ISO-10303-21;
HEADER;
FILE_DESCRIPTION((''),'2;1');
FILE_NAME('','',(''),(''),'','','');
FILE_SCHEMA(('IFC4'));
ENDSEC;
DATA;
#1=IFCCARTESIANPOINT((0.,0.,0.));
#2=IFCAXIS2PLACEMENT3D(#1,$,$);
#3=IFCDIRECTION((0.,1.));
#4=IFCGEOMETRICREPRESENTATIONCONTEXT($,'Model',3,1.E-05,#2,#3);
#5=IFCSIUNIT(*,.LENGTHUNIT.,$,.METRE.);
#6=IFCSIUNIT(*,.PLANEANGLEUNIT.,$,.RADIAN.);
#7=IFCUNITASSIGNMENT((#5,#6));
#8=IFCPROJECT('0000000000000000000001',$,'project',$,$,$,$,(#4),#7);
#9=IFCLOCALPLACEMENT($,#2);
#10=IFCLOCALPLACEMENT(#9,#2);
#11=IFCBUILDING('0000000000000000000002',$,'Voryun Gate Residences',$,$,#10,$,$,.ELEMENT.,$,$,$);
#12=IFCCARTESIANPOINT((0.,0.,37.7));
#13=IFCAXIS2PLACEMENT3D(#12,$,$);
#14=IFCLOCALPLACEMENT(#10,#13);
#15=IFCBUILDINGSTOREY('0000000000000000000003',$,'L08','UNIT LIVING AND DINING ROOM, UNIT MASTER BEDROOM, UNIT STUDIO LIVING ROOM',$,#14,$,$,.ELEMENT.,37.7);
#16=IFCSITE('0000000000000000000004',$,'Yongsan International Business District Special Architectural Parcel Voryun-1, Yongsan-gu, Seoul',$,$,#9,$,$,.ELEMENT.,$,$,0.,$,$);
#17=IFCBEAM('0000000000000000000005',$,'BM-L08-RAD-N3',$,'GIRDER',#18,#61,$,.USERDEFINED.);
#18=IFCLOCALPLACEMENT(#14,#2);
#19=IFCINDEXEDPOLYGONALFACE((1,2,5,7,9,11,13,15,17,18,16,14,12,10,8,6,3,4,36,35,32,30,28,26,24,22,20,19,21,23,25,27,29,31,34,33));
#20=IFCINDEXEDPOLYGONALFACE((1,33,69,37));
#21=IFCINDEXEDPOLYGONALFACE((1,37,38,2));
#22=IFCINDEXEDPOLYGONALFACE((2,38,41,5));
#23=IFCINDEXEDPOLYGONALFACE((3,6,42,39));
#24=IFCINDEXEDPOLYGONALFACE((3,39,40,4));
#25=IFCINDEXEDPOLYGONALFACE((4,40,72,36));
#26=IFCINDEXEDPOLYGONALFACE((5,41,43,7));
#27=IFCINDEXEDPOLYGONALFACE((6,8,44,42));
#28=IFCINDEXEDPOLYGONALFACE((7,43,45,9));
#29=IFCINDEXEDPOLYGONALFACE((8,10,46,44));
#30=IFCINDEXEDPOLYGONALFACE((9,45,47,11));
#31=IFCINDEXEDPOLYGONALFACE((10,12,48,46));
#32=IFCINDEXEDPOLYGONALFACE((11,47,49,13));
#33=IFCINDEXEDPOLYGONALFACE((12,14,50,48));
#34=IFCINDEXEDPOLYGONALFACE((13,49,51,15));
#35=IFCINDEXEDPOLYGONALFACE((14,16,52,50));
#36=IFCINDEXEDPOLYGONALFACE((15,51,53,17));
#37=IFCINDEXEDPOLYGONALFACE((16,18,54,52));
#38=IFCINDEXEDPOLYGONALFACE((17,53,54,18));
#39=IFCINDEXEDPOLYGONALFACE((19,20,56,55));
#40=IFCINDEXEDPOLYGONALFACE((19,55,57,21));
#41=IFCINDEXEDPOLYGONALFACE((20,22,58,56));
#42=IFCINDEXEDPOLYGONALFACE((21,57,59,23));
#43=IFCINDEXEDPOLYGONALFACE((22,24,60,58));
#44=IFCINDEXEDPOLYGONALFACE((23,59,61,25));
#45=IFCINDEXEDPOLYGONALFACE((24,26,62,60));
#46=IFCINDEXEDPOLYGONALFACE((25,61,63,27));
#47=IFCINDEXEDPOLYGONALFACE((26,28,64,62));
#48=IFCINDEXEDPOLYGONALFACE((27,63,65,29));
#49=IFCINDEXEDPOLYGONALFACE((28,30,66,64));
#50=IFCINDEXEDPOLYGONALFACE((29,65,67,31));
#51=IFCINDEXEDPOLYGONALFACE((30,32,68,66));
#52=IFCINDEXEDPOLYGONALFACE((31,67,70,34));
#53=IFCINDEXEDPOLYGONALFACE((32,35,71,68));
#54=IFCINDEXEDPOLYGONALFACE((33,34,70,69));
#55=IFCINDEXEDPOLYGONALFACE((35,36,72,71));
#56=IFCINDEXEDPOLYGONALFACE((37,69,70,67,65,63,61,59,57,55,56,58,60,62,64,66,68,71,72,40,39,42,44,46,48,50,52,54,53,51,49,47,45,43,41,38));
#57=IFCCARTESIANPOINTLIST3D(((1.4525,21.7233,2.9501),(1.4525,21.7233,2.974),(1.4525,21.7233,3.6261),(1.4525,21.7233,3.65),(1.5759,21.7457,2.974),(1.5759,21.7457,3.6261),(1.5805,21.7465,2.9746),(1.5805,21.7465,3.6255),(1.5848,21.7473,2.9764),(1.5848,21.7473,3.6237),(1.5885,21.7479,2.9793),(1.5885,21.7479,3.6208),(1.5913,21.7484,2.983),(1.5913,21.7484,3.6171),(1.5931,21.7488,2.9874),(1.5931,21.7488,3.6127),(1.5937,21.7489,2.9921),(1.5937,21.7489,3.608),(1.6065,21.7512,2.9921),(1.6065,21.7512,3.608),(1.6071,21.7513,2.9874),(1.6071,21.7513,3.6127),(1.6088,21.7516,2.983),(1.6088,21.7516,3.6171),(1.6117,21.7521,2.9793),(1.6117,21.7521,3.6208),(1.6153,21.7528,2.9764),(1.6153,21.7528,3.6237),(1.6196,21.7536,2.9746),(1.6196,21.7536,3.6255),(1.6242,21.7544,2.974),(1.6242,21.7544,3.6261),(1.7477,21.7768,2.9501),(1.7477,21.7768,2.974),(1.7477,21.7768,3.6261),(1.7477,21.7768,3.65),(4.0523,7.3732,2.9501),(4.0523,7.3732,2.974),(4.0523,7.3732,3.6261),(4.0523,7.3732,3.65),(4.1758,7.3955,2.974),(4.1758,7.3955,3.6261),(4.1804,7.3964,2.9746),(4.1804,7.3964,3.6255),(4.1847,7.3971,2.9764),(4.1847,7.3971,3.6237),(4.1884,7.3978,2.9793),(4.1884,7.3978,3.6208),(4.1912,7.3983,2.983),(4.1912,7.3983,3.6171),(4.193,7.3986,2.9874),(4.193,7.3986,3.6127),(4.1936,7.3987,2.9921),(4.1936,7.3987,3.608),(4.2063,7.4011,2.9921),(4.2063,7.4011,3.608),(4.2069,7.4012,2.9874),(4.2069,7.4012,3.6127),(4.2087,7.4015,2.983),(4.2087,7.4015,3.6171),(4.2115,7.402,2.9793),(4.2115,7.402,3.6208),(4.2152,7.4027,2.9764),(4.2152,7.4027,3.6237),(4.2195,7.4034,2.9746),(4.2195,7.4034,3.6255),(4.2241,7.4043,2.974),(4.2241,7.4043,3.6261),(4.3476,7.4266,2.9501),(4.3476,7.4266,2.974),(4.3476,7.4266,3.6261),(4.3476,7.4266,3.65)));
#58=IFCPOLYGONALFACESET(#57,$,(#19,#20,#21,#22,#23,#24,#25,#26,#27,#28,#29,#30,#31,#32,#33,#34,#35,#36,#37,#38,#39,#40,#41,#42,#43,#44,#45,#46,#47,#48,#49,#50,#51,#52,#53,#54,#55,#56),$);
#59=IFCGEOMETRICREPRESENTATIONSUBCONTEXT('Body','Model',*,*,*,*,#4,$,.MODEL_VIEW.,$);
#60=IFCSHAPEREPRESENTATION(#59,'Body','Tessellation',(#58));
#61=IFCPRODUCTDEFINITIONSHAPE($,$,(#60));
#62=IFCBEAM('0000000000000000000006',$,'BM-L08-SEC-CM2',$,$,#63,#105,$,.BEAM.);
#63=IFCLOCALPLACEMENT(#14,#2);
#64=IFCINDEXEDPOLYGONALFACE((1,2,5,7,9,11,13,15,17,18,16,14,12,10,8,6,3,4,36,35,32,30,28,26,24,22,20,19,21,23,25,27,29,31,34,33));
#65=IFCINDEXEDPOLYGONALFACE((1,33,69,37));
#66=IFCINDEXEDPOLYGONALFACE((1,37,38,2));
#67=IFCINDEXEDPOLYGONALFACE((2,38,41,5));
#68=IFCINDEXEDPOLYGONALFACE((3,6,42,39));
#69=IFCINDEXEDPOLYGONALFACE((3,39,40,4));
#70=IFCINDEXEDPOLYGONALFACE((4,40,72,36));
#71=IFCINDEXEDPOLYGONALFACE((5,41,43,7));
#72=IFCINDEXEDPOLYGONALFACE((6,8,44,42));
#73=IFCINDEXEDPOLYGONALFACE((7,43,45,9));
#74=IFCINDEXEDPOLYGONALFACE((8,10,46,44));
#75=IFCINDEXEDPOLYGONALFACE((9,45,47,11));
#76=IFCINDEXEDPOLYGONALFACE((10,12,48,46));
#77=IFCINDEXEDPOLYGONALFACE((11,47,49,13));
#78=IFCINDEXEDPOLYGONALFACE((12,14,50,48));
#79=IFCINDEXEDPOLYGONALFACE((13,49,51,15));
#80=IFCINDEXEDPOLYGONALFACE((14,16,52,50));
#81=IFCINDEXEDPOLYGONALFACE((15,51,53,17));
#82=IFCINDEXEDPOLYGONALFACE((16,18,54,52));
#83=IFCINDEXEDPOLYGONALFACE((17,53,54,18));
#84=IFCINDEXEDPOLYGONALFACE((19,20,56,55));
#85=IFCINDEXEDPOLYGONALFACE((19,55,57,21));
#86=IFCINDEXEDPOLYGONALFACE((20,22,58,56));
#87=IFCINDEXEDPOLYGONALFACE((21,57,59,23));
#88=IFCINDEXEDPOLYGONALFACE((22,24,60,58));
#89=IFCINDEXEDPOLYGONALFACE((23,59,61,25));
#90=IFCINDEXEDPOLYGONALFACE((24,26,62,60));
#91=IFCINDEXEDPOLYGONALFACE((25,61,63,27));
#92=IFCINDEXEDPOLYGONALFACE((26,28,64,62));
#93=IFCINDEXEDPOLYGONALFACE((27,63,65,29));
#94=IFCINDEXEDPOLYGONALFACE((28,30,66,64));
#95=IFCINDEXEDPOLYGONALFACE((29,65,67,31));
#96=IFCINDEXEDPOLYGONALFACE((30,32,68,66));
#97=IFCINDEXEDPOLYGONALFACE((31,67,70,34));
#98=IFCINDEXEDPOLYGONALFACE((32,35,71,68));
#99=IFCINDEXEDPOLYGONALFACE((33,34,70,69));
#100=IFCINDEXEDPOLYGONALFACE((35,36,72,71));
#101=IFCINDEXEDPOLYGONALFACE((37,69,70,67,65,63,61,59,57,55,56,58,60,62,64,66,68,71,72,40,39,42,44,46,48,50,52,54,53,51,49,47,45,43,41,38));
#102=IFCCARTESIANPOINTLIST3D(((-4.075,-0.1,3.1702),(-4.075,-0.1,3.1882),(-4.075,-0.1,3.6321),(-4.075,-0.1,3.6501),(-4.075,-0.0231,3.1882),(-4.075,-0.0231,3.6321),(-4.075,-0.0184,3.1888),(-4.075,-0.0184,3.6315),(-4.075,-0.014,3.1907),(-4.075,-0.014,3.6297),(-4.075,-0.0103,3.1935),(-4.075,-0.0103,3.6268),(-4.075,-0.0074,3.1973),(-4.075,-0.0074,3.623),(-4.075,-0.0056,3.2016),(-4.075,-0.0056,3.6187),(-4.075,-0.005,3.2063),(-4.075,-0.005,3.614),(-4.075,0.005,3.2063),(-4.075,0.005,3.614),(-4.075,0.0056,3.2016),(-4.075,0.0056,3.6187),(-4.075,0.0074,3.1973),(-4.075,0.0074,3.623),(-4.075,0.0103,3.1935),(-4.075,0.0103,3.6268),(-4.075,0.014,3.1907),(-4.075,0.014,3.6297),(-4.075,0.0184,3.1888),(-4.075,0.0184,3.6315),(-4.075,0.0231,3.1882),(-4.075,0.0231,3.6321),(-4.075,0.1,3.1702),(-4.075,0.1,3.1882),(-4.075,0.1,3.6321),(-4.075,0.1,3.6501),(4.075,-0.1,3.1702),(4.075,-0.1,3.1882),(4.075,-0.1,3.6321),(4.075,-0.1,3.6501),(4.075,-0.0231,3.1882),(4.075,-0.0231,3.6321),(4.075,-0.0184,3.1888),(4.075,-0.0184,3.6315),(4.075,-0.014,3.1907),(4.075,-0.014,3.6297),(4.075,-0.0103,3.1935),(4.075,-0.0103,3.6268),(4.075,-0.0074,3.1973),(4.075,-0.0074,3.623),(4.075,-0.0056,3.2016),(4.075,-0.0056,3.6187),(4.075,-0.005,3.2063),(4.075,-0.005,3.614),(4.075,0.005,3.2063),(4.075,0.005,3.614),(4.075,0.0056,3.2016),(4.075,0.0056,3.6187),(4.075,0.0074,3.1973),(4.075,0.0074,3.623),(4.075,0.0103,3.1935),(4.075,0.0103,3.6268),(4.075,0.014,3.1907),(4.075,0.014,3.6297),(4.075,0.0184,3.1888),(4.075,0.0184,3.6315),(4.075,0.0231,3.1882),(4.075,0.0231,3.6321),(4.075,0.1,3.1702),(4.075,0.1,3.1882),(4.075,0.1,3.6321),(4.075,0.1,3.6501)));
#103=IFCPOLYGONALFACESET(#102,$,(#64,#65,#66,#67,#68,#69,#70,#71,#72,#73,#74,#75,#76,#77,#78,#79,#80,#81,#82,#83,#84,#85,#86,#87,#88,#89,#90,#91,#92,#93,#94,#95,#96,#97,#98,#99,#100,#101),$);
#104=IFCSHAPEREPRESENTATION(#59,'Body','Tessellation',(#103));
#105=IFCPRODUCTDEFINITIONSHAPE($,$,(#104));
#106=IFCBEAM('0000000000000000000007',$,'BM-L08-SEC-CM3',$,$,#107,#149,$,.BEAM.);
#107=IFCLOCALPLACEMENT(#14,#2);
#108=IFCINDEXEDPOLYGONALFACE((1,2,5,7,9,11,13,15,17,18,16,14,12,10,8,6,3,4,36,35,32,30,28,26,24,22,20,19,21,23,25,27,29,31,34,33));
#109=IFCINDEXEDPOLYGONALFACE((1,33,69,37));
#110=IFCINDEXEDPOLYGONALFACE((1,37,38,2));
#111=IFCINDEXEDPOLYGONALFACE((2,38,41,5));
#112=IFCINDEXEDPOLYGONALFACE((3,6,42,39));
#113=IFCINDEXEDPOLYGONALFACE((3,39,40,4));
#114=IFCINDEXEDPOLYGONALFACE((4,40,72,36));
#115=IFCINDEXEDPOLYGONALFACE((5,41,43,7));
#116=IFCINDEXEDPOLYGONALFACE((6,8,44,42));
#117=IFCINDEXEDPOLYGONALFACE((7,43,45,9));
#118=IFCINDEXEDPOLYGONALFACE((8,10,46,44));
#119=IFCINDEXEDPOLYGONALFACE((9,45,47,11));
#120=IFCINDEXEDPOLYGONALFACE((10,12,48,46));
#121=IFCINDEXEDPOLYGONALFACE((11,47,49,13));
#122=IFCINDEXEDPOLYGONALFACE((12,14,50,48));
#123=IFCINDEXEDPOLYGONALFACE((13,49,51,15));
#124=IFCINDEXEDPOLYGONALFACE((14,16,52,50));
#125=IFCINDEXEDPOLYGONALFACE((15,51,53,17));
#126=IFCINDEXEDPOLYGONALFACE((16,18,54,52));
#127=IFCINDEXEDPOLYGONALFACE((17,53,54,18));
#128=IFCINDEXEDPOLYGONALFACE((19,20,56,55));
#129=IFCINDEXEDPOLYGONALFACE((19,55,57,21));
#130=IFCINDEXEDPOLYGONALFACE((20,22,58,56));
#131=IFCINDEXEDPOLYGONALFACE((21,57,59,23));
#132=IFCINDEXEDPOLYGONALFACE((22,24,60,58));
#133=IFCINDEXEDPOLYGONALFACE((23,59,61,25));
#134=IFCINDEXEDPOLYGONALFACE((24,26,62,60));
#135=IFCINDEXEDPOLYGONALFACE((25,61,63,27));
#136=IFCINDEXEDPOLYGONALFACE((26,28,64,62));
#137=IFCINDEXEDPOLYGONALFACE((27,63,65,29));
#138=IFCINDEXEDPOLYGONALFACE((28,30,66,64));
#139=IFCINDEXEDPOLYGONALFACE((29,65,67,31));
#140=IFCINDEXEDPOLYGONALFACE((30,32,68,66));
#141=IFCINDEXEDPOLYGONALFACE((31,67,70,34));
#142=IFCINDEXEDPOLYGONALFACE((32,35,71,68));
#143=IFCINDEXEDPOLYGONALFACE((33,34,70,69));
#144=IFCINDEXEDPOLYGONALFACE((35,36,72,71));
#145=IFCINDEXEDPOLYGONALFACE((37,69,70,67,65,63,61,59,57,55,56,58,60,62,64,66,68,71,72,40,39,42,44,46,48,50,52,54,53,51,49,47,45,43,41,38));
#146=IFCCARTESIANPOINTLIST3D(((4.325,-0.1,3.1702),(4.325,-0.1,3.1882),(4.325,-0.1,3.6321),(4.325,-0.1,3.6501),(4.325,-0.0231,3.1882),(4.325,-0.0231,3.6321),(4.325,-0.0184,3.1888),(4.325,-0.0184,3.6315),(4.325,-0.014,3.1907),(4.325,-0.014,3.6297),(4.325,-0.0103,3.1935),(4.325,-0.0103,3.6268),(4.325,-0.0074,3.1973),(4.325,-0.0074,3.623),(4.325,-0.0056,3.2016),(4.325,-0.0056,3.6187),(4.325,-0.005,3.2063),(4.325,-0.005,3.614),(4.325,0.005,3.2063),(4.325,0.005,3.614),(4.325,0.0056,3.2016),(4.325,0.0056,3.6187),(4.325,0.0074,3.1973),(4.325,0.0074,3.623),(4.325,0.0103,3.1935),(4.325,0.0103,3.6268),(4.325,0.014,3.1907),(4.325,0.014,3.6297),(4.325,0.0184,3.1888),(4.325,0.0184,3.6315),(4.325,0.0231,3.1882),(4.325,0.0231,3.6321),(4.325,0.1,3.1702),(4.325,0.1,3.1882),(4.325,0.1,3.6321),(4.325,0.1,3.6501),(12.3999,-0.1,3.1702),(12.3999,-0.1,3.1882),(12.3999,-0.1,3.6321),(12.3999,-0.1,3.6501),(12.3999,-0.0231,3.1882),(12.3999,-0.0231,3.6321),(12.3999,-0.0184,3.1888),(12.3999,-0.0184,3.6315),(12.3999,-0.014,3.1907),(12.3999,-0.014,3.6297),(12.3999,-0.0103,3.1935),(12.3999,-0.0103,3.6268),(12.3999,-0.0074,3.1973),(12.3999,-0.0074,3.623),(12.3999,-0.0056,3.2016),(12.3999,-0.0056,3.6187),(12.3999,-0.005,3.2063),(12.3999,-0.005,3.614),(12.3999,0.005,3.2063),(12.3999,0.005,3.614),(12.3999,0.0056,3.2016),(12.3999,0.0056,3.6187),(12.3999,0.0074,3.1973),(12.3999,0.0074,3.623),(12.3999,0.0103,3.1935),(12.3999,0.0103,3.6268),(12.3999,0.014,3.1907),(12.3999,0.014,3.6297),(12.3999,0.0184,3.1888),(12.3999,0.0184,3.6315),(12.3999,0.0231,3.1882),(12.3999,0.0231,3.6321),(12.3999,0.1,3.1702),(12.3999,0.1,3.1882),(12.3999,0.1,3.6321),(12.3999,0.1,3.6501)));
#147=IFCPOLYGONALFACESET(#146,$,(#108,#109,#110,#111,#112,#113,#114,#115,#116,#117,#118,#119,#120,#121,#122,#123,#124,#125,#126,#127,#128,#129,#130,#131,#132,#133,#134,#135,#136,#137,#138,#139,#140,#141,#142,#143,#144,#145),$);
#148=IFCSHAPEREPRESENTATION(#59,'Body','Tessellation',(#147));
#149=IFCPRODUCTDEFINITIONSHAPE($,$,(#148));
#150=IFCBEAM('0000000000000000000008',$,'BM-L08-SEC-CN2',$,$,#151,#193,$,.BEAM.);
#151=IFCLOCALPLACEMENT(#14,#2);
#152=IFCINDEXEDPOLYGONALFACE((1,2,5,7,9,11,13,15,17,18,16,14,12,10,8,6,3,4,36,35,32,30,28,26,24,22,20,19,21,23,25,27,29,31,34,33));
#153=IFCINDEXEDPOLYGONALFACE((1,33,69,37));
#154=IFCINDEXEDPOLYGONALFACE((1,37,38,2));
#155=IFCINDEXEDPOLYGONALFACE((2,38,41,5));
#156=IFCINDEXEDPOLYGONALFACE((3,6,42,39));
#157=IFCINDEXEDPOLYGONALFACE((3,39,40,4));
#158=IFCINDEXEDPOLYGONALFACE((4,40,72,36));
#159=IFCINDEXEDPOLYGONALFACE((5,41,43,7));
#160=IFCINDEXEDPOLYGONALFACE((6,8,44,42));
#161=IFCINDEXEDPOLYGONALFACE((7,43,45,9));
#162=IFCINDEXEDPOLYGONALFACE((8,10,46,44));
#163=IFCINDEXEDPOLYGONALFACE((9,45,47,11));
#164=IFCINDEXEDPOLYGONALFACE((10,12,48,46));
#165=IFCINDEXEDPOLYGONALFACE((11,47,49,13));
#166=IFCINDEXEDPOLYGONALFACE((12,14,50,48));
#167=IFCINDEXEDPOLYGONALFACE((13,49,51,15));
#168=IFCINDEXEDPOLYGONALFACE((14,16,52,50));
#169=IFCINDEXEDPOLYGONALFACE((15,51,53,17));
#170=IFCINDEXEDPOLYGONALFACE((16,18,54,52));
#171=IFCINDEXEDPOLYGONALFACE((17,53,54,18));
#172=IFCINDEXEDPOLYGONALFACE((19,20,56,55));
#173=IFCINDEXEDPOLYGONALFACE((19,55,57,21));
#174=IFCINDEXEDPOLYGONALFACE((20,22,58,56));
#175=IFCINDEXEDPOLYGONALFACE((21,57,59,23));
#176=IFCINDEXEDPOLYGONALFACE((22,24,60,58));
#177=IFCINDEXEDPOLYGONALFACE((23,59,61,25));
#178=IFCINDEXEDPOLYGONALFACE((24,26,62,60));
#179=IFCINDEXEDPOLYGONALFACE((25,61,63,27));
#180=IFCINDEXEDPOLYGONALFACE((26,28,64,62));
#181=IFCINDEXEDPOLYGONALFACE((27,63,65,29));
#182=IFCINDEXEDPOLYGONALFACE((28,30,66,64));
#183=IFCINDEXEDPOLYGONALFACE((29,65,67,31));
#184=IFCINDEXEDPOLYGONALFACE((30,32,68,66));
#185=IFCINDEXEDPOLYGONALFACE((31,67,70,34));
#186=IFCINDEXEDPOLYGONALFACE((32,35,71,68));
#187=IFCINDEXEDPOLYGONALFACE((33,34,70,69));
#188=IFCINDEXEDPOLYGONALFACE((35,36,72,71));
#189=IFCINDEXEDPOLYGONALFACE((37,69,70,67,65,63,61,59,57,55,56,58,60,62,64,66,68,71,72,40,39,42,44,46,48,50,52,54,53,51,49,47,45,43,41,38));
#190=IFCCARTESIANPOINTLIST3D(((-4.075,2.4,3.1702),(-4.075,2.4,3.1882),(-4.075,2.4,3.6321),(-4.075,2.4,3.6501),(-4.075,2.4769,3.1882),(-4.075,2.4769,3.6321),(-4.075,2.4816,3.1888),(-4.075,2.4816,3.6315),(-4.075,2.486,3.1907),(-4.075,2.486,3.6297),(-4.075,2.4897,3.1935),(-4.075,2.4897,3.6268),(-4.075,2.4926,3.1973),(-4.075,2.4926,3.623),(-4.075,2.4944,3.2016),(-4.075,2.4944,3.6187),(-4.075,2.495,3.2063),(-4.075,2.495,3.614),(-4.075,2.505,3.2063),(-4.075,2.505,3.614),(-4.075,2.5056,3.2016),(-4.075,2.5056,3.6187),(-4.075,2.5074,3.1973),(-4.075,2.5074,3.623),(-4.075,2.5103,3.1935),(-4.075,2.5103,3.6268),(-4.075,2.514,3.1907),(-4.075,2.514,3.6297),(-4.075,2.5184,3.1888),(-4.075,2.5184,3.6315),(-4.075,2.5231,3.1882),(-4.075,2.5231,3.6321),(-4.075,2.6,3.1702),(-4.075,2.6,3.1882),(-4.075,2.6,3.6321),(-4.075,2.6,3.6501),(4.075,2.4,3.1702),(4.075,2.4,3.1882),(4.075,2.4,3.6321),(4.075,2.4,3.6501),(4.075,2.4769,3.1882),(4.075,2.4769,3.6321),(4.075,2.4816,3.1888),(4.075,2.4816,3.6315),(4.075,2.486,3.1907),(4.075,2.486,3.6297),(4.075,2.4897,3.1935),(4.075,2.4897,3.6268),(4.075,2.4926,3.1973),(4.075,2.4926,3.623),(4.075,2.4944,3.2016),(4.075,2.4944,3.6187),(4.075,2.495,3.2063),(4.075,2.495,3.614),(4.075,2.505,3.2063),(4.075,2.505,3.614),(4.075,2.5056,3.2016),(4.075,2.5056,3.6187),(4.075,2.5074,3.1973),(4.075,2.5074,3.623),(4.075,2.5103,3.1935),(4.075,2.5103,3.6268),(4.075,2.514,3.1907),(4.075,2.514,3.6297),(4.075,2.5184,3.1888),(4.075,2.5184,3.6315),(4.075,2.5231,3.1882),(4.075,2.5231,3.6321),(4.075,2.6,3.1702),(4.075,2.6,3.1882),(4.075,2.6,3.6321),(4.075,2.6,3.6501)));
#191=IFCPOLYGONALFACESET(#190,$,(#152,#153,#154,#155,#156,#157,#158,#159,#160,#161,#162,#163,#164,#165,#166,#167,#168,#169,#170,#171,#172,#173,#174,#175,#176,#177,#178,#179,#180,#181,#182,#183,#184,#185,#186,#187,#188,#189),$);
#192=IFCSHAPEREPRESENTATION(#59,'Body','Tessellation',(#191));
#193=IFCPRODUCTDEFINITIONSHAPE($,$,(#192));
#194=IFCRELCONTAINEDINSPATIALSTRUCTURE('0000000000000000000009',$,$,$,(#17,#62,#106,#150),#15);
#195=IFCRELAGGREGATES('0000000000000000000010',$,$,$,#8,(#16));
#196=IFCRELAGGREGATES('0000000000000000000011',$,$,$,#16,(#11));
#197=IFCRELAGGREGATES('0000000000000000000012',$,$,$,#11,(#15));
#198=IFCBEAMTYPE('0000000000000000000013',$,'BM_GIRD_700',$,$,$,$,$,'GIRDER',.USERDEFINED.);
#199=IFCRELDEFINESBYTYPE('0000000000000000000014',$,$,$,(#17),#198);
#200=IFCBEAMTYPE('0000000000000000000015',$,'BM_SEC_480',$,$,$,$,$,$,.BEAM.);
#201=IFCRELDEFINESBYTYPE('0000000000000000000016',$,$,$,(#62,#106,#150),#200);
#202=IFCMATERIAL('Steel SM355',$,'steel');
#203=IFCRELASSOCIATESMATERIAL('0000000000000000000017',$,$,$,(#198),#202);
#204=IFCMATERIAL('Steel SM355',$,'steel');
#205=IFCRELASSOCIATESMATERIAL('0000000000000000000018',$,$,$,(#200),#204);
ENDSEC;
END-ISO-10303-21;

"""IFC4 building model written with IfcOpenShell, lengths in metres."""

from ifc_helpers import new_model, si_unit, direction, frame, origin, origin_2d, place, context, subcontext, project, spatial, i_section, extrude, material, material_profile, profile_set, type_object, element, save


model = new_model("IFC4")

# Units and contexts
model_context = context("Model", 3, precision=1e-05, world=origin(), true_north=direction((0.0, 1.0)))
body_context = subcontext(model_context, "Body", "Model", "MODEL_VIEW")
ifc_project = project(units=[si_unit("LENGTHUNIT", "METRE"), si_unit("PLANEANGLEUNIT", "RADIAN")], contexts=[model_context])

# Site, building, storey
site_placement = place(None, origin())
site = spatial("IfcSite", under=ifc_project, at=site_placement, Name="Yongsan International Business District Special Architectural Parcel Voryun-1, Yongsan-gu, Seoul", CompositionType="ELEMENT", RefElevation=0.0)
building_placement = place(site_placement, origin())
building = spatial("IfcBuilding", under=site, at=building_placement, Name="Voryun Gate Residences", CompositionType="ELEMENT")
storey_placement = place(building_placement, frame((0.0, 0.0, 37.7)))
storey = spatial("IfcBuildingStorey", under=building, at=storey_placement, Name="L08", Description="UNIT LIVING AND DINING ROOM, UNIT MASTER BEDROOM, UNIT STUDIO LIVING ROOM", CompositionType="ELEMENT", Elevation=37.7)

# Beams
ifc_material_1 = material(Name="Steel SM355", Category="steel")
ifc_material_profile_1 = material_profile(ifc_material_1, i_section(OverallWidth=0.3, OverallDepth=0.7, WebThickness=0.0129, FlangeThickness=0.0239, FilletRadius=0.0181, at=origin_2d()), Name="H-700x300x13x24")
ifc_profile_set_1 = profile_set([ifc_material_profile_1], Name="Steel SM355")
beam_type_1 = type_object("IfcBeamType", Name="BM_GIRD_700", ElementType="GIRDER", PredefinedType="USERDEFINED", material=ifc_profile_set_1)
beam_1_placement = place(storey_placement, frame((4.2, 7.3999, 3.3), z_axis=(-0.178271, 0.983981, 0.0), x_axis=(-0.983981, -0.178271, 0.0)))
element("IfcBeam", 1, at=beam_1_placement, inside=storey, type_object=beam_type_1, Name="BM-L08-RAD-N3", ObjectType="GIRDER", PredefinedType="USERDEFINED", context=body_context, shape_type="SweptSolid", body=[
    extrude(i_section(OverallWidth=0.3, OverallDepth=0.7, WebThickness=0.0129, FlangeThickness=0.0239, FilletRadius=0.0181, at=origin_2d()), origin(), (0.0, 0.0, 1.0), 14.5837),
])
ifc_material_2 = material(Name="Steel SM355", Category="steel")
ifc_material_profile_2 = material_profile(ifc_material_2, i_section(OverallWidth=0.2, OverallDepth=0.48, WebThickness=0.01, FlangeThickness=0.0181, FilletRadius=0.0181, at=origin_2d()), Name="H-480x200x10x18")
ifc_profile_set_2 = profile_set([ifc_material_profile_2], Name="Steel SM355")
beam_type_2 = type_object("IfcBeamType", Name="BM_SEC_480", PredefinedType="BEAM", material=ifc_profile_set_2)
beam_2_placement = place(storey_placement, frame((-4.075, 0.0, 3.4102), z_axis=(1.0, 0.0, 0.0), x_axis=(0.0, 1.0, 0.0)))
element("IfcBeam", 2, at=beam_2_placement, inside=storey, type_object=beam_type_2, Name="BM-L08-SEC-CM2", PredefinedType="BEAM", context=body_context, shape_type="SweptSolid", body=[
    extrude(i_section(OverallWidth=0.2, OverallDepth=0.48, WebThickness=0.01, FlangeThickness=0.0181, FilletRadius=0.0181, at=origin_2d()), origin(), (0.0, 0.0, 1.0), 8.1499),
])
beam_3_placement = place(storey_placement, frame((4.325, 0.0, 3.4102), z_axis=(1.0, 0.0, 0.0), x_axis=(0.0, 1.0, 0.0)))
element("IfcBeam", 3, at=beam_3_placement, inside=storey, type_object=beam_type_2, Name="BM-L08-SEC-CM3", PredefinedType="BEAM", context=body_context, shape_type="SweptSolid", body=[
    extrude(i_section(OverallWidth=0.2, OverallDepth=0.48, WebThickness=0.01, FlangeThickness=0.0181, FilletRadius=0.0181, at=origin_2d()), origin(), (0.0, 0.0, 1.0), 8.075),
])
beam_4_placement = place(storey_placement, frame((-4.075, 2.5, 3.4102), z_axis=(1.0, 0.0, 0.0), x_axis=(0.0, 1.0, 0.0)))
element("IfcBeam", 4, at=beam_4_placement, inside=storey, type_object=beam_type_2, Name="BM-L08-SEC-CN2", PredefinedType="BEAM", context=body_context, shape_type="SweptSolid", body=[
    extrude(i_section(OverallWidth=0.2, OverallDepth=0.48, WebThickness=0.01, FlangeThickness=0.0181, FilletRadius=0.0181, at=origin_2d()), origin(), (0.0, 0.0, 1.0), 8.1499),
])

save(model, "model.ifc")
